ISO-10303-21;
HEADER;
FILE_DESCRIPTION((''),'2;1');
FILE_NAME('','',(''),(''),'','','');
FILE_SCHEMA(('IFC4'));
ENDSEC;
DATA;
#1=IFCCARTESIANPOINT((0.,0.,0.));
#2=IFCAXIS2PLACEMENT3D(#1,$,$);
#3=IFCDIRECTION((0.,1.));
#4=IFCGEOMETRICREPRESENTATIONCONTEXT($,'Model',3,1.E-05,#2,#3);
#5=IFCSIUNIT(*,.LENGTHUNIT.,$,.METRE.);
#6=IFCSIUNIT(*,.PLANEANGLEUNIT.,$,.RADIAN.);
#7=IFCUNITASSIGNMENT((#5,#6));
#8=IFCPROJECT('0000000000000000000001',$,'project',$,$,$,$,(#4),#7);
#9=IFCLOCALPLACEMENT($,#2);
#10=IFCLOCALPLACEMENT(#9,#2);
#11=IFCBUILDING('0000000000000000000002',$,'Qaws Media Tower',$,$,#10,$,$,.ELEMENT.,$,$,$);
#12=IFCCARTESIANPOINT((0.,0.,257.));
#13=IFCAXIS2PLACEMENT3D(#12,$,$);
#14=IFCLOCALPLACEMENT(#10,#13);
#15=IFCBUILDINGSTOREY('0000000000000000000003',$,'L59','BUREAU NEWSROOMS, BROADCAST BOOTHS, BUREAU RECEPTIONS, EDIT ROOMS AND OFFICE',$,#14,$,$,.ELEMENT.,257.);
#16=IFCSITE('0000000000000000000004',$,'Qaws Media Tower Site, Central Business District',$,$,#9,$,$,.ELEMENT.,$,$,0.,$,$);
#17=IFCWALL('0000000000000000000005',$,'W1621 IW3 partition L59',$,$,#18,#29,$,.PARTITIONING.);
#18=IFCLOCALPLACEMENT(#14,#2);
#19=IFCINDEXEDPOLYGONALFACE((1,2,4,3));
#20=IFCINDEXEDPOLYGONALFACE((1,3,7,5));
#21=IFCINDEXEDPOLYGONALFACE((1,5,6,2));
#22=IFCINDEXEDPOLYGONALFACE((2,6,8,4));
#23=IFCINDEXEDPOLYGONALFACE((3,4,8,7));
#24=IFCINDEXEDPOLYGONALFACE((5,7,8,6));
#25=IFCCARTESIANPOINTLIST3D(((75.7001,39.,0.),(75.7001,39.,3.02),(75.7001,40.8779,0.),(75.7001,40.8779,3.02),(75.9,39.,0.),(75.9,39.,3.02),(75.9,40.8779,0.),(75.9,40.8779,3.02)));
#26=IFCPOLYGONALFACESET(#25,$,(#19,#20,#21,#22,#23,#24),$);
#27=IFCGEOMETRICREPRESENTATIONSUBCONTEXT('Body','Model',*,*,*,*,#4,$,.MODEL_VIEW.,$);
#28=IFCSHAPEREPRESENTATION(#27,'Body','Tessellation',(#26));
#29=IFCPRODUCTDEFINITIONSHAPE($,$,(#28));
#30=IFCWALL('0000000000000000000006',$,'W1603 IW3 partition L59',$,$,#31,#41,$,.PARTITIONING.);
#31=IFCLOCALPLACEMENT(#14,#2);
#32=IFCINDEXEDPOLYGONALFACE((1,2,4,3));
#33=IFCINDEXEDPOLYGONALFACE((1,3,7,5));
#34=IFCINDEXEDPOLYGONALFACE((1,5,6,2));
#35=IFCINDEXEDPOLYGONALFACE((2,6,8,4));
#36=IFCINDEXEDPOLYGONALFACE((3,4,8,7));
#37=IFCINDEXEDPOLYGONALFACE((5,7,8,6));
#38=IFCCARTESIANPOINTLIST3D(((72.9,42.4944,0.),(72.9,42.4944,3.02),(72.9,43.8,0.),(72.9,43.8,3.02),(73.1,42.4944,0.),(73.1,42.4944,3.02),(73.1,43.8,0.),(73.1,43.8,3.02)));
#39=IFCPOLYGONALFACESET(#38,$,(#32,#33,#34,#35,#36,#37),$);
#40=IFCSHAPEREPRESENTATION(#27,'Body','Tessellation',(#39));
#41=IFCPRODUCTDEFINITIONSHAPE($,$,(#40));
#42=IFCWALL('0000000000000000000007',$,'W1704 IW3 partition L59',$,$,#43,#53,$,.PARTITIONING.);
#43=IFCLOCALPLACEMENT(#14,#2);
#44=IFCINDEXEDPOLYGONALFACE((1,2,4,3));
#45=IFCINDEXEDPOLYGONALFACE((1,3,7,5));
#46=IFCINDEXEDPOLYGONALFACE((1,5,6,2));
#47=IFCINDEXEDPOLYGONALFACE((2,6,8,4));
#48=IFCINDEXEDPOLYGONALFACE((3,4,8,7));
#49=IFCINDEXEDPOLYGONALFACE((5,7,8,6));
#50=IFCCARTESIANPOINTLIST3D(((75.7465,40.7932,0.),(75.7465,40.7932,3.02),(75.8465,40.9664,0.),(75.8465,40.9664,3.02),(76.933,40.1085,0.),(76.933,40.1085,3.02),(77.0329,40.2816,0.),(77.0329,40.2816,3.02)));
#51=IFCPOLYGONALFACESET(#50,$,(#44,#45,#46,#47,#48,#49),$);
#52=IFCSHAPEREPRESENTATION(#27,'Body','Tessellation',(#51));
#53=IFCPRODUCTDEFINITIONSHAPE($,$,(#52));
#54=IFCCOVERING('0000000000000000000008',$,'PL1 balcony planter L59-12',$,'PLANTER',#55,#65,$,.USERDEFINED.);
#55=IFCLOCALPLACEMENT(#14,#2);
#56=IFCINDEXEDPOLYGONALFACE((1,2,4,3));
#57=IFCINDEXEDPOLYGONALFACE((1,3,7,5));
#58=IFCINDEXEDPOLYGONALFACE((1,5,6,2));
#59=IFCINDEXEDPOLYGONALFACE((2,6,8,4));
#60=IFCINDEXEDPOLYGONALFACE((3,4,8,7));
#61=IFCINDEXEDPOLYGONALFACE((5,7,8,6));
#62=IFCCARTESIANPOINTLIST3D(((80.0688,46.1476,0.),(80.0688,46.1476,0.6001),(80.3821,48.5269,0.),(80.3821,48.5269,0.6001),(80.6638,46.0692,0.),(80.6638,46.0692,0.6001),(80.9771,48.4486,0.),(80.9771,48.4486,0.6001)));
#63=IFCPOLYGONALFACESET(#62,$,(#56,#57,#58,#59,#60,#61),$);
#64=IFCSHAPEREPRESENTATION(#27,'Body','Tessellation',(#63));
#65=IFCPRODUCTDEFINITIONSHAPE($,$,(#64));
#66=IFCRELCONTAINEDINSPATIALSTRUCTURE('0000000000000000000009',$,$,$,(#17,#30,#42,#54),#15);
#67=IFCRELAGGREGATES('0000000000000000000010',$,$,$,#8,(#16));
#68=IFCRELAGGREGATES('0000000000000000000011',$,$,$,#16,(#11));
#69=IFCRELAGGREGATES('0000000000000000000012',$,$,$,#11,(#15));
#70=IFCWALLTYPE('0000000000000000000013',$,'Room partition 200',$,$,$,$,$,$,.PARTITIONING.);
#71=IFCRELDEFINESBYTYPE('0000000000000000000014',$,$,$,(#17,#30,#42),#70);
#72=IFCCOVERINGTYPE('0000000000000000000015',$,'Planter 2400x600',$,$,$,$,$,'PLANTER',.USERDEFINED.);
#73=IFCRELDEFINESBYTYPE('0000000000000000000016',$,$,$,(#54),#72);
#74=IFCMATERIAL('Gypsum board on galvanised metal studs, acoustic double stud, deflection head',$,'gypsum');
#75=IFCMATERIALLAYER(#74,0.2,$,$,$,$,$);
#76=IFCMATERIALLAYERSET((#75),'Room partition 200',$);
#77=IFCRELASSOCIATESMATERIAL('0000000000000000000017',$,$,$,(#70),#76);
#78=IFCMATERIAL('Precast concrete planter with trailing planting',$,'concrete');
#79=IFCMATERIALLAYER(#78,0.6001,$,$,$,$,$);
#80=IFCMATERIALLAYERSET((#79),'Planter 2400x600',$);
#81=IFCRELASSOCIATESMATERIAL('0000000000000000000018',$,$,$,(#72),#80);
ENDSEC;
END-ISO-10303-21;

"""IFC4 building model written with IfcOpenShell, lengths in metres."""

from ifc_helpers import new_model, si_unit, direction, frame, frame_2d, origin, origin_2d, place, context, subcontext, project, spatial, rectangle, extrude, material, layer, layer_set, type_object, element, save


model = new_model("IFC4")

# Units and contexts
model_context = context("Model", 3, precision=1e-05, world=origin(), true_north=direction((0.0, 1.0)))
body_context = subcontext(model_context, "Body", "Model", "MODEL_VIEW")
ifc_project = project(units=[si_unit("LENGTHUNIT", "METRE"), si_unit("PLANEANGLEUNIT", "RADIAN")], contexts=[model_context])

# Site, building, storey
site_placement = place(None, origin())
site = spatial("IfcSite", under=ifc_project, at=site_placement, Name="Qaws Media Tower Site, Central Business District", CompositionType="ELEMENT", RefElevation=0.0)
building_placement = place(site_placement, origin())
building = spatial("IfcBuilding", under=site, at=building_placement, Name="Qaws Media Tower", CompositionType="ELEMENT")
storey_placement = place(building_placement, frame((0.0, 0.0, 257.0)))
storey = spatial("IfcBuildingStorey", under=building, at=storey_placement, Name="L59", Description="BUREAU NEWSROOMS, BROADCAST BOOTHS, BUREAU RECEPTIONS, EDIT ROOMS AND OFFICE", CompositionType="ELEMENT", Elevation=257.0)

# Walls
ifc_material_1 = material(Name="Gypsum board on galvanised metal studs, acoustic double stud, deflection head", Category="gypsum")
ifc_layer_1 = layer(ifc_material_1, 0.2)
ifc_layer_set_1 = layer_set([ifc_layer_1], Name="Room partition 200")
wall_type_1 = type_object("IfcWallType", Name="Room partition 200", PredefinedType="PARTITIONING", material=ifc_layer_set_1)
wall_1_placement = place(storey_placement, frame((75.8, 40.8779, 0.0), z_axis=(0.0, 0.0, 1.0), x_axis=(0.0, -1.0, 0.0)))
element("IfcWall", 1, at=wall_1_placement, inside=storey, type_object=wall_type_1, Name="W1621 IW3 partition L59", PredefinedType="PARTITIONING", context=body_context, shape_type="SweptSolid", body=[
    extrude(rectangle(XDim=1.8779, YDim=0.2, at=frame_2d((0.939, 0.0))), origin(), (0.0, 0.0, 1.0), 3.02),
])
wall_2_placement = place(storey_placement, frame((73.0, 42.4944, 0.0), z_axis=(0.0, 0.0, 1.0), x_axis=(0.0, 1.0, 0.0)))
element("IfcWall", 2, at=wall_2_placement, inside=storey, type_object=wall_type_1, Name="W1603 IW3 partition L59", PredefinedType="PARTITIONING", context=body_context, shape_type="SweptSolid", body=[
    extrude(rectangle(XDim=1.3057, YDim=0.2, at=frame_2d((0.6528, 0.0))), origin(), (0.0, 0.0, 1.0), 3.02),
])
wall_3_placement = place(storey_placement, frame((75.7964, 40.8799, 0.0), z_axis=(0.0, 0.0, 1.0), x_axis=(0.866097, -0.499877, 0.0)))
element("IfcWall", 3, at=wall_3_placement, inside=storey, type_object=wall_type_1, Name="W1704 IW3 partition L59", PredefinedType="PARTITIONING", context=body_context, shape_type="SweptSolid", body=[
    extrude(rectangle(XDim=1.3699, YDim=0.2, at=frame_2d((0.6851, 0.0))), origin(), (0.0, 0.0, 1.0), 3.02),
])

# Covering
ifc_material_2 = material(Name="Precast concrete planter with trailing planting", Category="concrete")
ifc_layer_2 = layer(ifc_material_2, 0.6001)
ifc_layer_set_2 = layer_set([ifc_layer_2], Name="Planter 2400x600")
covering_type = type_object("IfcCoveringType", Name="Planter 2400x600", ElementType="PLANTER", PredefinedType="USERDEFINED", material=ifc_layer_set_2)
covering_placement = place(storey_placement, frame((80.5229, 47.2981, 0.0), z_axis=(0.0, 0.0, 1.0), x_axis=(0.130526, 0.991445, 0.0)))
element("IfcCovering", 4, at=covering_placement, inside=storey, type_object=covering_type, Name="PL1 balcony planter L59-12", ObjectType="PLANTER", PredefinedType="USERDEFINED", context=body_context, shape_type="SweptSolid", body=[
    extrude(rectangle(XDim=2.3999, YDim=0.6001, at=origin_2d()), origin(), (0.0, 0.0, 1.0), 0.6001),
])

save(model, "model.ifc")
